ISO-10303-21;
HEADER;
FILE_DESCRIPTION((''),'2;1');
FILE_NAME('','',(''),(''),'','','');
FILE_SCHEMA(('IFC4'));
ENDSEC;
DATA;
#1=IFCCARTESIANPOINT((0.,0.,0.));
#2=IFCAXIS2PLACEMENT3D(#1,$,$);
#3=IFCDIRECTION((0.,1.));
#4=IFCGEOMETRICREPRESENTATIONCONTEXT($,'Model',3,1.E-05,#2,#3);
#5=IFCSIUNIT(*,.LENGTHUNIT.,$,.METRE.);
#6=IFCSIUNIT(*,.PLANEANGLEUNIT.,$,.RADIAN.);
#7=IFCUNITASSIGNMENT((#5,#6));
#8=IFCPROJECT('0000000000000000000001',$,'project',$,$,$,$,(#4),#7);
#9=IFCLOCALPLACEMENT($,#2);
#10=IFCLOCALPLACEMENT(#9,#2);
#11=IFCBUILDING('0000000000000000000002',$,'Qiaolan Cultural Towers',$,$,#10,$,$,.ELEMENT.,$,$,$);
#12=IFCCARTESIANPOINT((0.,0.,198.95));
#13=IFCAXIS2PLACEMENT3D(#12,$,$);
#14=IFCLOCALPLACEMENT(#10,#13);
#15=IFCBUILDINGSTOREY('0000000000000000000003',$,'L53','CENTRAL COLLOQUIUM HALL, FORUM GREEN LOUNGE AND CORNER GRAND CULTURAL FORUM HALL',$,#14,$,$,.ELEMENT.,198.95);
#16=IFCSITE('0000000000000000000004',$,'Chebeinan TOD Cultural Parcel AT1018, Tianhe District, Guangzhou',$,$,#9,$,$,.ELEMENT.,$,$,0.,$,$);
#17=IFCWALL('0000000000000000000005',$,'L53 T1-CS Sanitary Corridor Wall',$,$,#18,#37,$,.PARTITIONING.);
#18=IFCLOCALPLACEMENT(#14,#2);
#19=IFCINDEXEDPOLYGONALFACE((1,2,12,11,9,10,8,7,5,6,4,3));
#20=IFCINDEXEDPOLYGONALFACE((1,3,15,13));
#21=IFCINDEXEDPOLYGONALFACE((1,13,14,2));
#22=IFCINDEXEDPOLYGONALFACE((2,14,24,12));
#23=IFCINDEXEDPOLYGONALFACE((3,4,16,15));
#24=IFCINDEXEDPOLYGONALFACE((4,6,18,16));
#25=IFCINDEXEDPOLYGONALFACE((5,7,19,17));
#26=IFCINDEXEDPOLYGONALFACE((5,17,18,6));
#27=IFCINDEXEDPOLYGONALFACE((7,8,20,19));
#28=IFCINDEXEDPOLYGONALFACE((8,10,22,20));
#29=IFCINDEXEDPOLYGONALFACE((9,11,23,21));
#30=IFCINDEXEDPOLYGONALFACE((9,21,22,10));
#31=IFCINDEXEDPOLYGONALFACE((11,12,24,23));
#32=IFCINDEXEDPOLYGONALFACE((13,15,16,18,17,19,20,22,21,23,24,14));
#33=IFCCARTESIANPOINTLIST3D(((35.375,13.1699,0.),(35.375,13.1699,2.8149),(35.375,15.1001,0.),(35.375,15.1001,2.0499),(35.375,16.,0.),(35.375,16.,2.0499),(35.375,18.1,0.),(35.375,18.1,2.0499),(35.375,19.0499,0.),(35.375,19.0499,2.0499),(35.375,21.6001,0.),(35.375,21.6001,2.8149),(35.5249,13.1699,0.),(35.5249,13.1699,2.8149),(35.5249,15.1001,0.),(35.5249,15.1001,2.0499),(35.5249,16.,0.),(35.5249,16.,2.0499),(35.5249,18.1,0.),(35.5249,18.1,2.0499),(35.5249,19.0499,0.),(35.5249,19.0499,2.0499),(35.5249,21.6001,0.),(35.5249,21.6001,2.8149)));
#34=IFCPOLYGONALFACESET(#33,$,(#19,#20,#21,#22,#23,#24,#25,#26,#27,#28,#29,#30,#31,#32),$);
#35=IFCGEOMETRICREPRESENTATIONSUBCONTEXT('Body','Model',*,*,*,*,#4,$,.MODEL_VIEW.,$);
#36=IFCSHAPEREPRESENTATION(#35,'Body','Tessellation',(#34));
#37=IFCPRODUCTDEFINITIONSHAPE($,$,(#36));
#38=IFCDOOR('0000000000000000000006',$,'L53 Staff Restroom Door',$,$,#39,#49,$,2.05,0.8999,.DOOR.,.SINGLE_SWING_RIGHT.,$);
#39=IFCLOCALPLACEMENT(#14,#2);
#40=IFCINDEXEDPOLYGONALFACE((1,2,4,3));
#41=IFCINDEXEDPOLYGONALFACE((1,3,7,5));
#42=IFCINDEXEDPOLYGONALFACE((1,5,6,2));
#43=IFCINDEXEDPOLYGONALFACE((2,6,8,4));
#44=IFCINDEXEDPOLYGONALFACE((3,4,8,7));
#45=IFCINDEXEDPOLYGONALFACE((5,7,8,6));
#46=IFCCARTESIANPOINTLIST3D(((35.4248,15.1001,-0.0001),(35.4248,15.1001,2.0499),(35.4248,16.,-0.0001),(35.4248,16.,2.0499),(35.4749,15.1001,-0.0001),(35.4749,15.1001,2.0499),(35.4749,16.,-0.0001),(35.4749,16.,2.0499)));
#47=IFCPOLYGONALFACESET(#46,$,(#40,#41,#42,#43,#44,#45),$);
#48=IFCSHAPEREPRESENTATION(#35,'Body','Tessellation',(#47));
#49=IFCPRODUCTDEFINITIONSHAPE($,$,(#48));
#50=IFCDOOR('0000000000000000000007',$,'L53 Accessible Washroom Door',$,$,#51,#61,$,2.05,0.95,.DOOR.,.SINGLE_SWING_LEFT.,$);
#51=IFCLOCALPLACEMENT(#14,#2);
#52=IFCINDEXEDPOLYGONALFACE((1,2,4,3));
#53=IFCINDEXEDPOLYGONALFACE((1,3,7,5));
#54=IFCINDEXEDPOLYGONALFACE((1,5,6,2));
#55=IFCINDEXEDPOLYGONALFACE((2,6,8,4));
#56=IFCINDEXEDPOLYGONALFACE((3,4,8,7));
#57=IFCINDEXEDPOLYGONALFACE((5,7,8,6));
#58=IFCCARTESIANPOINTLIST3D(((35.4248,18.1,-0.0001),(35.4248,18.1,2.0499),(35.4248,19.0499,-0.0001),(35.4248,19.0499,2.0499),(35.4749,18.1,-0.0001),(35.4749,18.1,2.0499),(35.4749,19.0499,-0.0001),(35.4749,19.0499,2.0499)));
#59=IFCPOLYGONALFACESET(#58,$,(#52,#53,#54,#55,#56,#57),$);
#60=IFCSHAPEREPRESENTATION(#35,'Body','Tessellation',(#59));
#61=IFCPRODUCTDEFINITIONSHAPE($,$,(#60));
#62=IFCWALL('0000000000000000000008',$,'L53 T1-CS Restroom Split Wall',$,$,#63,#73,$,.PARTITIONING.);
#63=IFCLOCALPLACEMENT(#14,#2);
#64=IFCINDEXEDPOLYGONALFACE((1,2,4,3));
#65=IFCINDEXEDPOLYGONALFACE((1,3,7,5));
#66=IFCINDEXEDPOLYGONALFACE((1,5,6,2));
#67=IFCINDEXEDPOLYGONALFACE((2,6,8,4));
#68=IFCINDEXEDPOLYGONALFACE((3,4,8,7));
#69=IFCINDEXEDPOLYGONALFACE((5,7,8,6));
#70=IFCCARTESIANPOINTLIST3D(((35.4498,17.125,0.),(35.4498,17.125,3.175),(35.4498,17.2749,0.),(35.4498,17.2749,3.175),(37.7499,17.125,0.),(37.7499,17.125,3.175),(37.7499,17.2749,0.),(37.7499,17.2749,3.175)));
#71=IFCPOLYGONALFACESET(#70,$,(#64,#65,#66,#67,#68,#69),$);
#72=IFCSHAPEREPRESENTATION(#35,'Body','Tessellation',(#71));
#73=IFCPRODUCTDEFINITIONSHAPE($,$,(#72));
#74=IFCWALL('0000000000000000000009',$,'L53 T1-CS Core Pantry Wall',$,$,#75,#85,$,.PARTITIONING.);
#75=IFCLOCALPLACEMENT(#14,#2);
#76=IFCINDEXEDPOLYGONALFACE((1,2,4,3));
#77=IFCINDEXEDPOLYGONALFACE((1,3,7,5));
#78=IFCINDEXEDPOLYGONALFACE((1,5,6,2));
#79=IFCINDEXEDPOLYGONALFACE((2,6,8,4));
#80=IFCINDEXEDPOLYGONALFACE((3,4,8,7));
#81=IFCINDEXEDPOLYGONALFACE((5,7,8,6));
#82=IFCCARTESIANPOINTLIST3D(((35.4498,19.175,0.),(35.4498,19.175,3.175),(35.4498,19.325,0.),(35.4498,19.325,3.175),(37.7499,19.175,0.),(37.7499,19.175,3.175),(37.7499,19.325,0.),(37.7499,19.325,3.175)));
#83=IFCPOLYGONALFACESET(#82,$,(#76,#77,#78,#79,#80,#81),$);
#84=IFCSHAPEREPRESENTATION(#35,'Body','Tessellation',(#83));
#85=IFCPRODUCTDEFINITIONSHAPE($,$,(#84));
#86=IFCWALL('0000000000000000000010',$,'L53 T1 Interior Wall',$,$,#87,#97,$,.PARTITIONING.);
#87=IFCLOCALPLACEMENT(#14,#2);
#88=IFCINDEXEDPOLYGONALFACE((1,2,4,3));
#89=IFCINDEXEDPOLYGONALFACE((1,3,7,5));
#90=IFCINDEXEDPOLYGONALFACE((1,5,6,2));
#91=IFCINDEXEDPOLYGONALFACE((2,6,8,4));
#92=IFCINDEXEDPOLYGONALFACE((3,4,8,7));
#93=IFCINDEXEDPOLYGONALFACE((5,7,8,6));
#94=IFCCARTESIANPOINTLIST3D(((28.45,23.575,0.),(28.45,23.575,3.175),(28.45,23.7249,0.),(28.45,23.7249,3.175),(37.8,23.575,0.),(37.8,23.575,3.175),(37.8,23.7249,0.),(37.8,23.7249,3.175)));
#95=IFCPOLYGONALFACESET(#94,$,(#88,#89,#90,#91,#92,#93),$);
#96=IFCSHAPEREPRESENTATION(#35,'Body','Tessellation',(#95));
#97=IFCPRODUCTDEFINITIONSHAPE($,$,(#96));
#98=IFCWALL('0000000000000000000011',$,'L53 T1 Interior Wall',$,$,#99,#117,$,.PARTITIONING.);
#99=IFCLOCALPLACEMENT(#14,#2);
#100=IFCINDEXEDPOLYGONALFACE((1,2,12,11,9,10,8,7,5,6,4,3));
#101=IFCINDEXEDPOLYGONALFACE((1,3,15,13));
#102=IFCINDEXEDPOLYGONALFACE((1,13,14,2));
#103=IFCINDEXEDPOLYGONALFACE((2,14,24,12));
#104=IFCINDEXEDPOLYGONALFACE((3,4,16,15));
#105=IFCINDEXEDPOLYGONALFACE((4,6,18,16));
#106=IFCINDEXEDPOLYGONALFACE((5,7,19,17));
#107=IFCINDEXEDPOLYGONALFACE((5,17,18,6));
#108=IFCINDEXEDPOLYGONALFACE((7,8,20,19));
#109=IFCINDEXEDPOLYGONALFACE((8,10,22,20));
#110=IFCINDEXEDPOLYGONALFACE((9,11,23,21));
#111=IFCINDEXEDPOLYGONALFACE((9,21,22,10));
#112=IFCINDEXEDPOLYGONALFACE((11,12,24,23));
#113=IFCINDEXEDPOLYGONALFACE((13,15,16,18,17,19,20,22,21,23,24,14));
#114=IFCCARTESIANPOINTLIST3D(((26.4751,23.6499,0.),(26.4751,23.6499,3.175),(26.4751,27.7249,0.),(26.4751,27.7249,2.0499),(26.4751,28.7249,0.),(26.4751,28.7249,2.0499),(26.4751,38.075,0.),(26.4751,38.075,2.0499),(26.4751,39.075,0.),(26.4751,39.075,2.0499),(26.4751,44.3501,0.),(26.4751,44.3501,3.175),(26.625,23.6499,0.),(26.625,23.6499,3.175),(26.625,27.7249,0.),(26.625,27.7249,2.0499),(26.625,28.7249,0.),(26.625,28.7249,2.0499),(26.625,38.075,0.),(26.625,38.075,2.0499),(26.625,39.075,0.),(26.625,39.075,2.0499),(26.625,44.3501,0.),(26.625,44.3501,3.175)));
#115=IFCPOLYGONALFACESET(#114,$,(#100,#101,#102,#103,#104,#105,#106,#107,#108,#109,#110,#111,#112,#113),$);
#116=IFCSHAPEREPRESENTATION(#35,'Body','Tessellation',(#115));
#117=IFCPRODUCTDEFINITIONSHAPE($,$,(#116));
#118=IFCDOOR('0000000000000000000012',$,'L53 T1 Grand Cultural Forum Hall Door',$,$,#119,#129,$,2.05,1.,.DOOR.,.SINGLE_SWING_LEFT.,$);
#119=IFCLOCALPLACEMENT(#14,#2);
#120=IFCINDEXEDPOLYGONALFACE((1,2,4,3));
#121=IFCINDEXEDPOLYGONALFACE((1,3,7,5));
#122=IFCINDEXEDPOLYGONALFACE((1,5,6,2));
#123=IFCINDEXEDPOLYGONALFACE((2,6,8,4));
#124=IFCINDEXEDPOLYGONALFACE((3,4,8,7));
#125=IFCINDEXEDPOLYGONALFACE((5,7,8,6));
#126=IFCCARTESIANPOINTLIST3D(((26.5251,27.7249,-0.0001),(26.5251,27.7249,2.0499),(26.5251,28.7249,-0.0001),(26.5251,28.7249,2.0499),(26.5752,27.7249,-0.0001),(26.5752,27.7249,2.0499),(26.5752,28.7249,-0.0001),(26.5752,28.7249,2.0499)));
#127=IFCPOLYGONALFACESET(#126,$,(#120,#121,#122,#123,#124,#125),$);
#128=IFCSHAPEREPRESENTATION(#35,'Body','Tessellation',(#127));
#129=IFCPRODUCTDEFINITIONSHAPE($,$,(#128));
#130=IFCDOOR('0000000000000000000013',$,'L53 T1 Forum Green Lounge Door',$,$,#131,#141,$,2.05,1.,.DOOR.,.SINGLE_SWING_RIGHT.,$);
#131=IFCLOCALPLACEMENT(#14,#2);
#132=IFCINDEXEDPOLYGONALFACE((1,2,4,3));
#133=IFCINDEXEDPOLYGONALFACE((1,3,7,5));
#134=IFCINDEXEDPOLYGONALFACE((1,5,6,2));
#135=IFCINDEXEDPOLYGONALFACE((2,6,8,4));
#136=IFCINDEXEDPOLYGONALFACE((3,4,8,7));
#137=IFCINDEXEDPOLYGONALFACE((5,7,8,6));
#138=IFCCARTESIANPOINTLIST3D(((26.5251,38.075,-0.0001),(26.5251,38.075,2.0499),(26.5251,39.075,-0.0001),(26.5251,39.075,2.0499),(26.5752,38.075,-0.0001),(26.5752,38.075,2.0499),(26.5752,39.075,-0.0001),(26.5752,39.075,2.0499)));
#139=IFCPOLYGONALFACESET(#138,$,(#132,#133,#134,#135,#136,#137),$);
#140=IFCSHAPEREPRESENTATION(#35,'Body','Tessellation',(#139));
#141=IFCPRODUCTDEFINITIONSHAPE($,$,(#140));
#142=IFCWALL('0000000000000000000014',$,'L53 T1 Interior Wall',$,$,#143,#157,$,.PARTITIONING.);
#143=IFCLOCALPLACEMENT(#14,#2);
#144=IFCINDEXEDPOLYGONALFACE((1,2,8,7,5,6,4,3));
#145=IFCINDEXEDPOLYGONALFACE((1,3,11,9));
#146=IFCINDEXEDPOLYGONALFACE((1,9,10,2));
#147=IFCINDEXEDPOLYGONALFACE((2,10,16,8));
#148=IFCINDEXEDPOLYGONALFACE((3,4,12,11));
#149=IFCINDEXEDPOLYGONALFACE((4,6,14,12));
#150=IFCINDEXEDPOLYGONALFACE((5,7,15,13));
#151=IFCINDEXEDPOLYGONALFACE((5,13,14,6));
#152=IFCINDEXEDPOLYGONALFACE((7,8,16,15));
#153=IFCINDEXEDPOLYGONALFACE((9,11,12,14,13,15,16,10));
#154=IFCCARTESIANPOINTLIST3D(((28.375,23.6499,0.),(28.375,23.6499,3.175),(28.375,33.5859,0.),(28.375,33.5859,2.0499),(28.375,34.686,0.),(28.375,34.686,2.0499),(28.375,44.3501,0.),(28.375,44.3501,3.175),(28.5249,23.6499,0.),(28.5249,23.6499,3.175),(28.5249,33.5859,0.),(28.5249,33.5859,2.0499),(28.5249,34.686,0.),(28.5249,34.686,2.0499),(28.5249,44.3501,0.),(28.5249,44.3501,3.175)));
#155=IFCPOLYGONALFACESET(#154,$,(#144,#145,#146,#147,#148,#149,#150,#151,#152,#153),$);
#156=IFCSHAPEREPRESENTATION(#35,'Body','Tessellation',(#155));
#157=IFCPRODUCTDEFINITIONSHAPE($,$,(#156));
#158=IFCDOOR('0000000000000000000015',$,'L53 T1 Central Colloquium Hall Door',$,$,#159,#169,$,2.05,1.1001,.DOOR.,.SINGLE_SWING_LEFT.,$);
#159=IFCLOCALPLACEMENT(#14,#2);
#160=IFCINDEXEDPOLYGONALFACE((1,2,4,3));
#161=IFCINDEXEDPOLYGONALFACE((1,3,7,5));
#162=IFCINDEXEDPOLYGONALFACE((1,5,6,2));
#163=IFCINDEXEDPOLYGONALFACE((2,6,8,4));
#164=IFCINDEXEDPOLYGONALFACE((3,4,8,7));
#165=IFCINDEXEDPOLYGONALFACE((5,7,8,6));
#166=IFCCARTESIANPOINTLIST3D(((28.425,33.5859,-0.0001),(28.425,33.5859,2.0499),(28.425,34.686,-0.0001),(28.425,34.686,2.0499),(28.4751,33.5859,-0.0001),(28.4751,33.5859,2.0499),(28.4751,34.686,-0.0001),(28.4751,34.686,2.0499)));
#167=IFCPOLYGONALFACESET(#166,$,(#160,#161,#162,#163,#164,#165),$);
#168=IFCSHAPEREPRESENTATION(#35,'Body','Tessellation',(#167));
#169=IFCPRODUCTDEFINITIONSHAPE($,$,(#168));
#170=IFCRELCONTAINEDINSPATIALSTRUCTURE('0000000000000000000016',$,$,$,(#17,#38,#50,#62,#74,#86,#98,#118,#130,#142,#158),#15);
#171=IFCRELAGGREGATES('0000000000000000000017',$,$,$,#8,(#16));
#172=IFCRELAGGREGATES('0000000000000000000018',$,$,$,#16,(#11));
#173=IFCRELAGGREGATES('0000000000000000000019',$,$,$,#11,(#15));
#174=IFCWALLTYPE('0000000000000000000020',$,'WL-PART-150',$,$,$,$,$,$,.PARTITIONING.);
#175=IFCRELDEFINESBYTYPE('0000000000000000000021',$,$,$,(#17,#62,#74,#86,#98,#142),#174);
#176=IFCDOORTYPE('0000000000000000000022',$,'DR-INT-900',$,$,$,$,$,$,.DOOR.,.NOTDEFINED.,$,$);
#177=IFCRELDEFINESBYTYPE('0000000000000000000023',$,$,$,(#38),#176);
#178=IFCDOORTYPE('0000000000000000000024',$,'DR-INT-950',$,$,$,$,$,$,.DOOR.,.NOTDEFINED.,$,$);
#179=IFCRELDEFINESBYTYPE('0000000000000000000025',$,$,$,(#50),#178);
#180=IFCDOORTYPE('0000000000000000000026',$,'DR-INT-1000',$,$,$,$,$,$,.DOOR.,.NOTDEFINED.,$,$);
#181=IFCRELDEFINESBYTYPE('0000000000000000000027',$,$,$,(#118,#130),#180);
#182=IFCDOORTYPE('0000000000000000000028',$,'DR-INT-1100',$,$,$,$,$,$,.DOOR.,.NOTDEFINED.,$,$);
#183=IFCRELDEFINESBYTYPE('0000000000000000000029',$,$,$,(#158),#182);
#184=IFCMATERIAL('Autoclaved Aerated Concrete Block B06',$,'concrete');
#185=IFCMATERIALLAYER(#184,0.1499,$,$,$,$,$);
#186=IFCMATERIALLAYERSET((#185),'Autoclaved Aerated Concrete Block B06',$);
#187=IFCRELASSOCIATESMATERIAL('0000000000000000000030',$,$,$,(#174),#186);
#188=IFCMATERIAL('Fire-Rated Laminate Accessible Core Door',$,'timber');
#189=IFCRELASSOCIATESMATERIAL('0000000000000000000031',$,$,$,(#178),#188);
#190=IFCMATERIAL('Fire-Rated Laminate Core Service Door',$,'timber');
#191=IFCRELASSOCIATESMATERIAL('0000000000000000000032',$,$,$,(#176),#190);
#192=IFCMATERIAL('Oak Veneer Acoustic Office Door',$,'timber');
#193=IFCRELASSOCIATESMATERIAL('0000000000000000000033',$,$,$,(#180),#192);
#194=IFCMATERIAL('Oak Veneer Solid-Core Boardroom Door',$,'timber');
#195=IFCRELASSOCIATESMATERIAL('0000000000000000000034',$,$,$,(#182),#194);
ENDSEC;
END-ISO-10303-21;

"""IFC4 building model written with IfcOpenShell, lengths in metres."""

from ifc_helpers import new_model, si_unit, direction, frame, frame_2d, origin, place, context, subcontext, project, spatial, rectangle, extrude, material, layer, layer_set, type_object, element, fill, save


model = new_model("IFC4")

# Units and contexts
model_context = context("Model", 3, precision=1e-05, world=origin(), true_north=direction((0.0, 1.0)))
body_context = subcontext(model_context, "Body", "Model", "MODEL_VIEW")
ifc_project = project(units=[si_unit("LENGTHUNIT", "METRE"), si_unit("PLANEANGLEUNIT", "RADIAN")], contexts=[model_context])

# Site, building, storey
site_placement = place(None, origin())
site = spatial("IfcSite", under=ifc_project, at=site_placement, Name="Chebeinan TOD Cultural Parcel AT1018, Tianhe District, Guangzhou", CompositionType="ELEMENT", RefElevation=0.0)
building_placement = place(site_placement, origin())
building = spatial("IfcBuilding", under=site, at=building_placement, Name="Qiaolan Cultural Towers", CompositionType="ELEMENT")
storey_placement = place(building_placement, frame((0.0, 0.0, 198.95)))
storey = spatial("IfcBuildingStorey", under=building, at=storey_placement, Name="L53", Description="CENTRAL COLLOQUIUM HALL, FORUM GREEN LOUNGE AND CORNER GRAND CULTURAL FORUM HALL", CompositionType="ELEMENT", Elevation=198.95)

# Shared definitions
ifc_material_1 = material(Name="Autoclaved Aerated Concrete Block B06", Category="concrete")
ifc_layer_1 = layer(ifc_material_1, 0.1499)
ifc_layer_set_1 = layer_set([ifc_layer_1], Name="Autoclaved Aerated Concrete Block B06")
wall_type_1 = type_object("IfcWallType", Name="WL-PART-150", PredefinedType="PARTITIONING", material=ifc_layer_set_1)
ifc_material_2 = material(Name="Fire-Rated Laminate Accessible Core Door", Category="timber")
door_type_1 = type_object("IfcDoorType", Name="DR-INT-950", OperationType="NOTDEFINED", PredefinedType="DOOR", material=ifc_material_2)

# Wall, openings, doors
ifc_material_3 = material(Name="Fire-Rated Laminate Core Service Door", Category="timber")
door_type_2 = type_object("IfcDoorType", Name="DR-INT-900", OperationType="NOTDEFINED", PredefinedType="DOOR", material=ifc_material_3)
wall_1_placement = place(storey_placement, frame((35.45, 21.6001, 0.0), z_axis=(0.0, 0.0, 1.0), x_axis=(0.0, -1.0, 0.0)))
wall_1 = element("IfcWall", 1, at=wall_1_placement, inside=storey, type_object=wall_type_1, Name="L53 T1-CS Sanitary Corridor Wall", PredefinedType="PARTITIONING", context=body_context, shape_type="SweptSolid", body=[
    extrude(rectangle(XDim=8.4302, YDim=0.1499, at=frame_2d((4.2151, 0.0))), origin(), (0.0, 0.0, 1.0), 2.8149),
])
opening_1_placement = place(wall_1_placement, frame((2.55, 0.0, 0.0)))
opening_1 = element("IfcOpeningElement", 2, at=opening_1_placement, cuts=wall_1, PredefinedType="OPENING", context=body_context, shape_type="SweptSolid", body=[
    extrude(rectangle(XDim=0.95, YDim=2.05, at=frame_2d((0.4751, 1.0249))), frame((0.0, 0.085, 0.0), z_axis=(0.0, -1.0, 0.0), x_axis=(1.0, 0.0, 0.0)), (0.0, 0.0, 1.0), 0.1699),
])
opening_2_placement = place(wall_1_placement, frame((5.6001, 0.0, 0.0)))
opening_2 = element("IfcOpeningElement", 3, at=opening_2_placement, cuts=wall_1, PredefinedType="OPENING", context=body_context, shape_type="SweptSolid", body=[
    extrude(rectangle(XDim=0.8999, YDim=2.05, at=frame_2d((0.45, 1.0249))), frame((0.0, 0.085, 0.0), z_axis=(0.0, -1.0, 0.0), x_axis=(1.0, 0.0, 0.0)), (0.0, 0.0, 1.0), 0.1699),
])
door_1_placement = place(opening_2_placement, origin())
door_1 = element("IfcDoor", 4, at=door_1_placement, inside=storey, type_object=door_type_2, Name="L53 Staff Restroom Door", OperationType="SINGLE_SWING_RIGHT", OverallHeight=2.05, OverallWidth=0.8999, PredefinedType="DOOR", context=body_context, shape_type="SweptSolid", body=[
    extrude(rectangle(XDim=0.8999, YDim=2.05, at=frame_2d((0.45, 1.0249))), frame((0.0, 0.0249, 0.0), z_axis=(0.0, -1.0, 0.0), x_axis=(1.0, 0.0, 0.0)), (0.0, 0.0, 1.0), 0.05),
])
fill(opening_2, door_1)
door_2_placement = place(opening_1_placement, origin())
door_2 = element("IfcDoor", 5, at=door_2_placement, inside=storey, type_object=door_type_1, Name="L53 Accessible Washroom Door", OperationType="SINGLE_SWING_LEFT", OverallHeight=2.05, OverallWidth=0.95, PredefinedType="DOOR", context=body_context, shape_type="SweptSolid", body=[
    extrude(rectangle(XDim=0.95, YDim=2.05, at=frame_2d((0.4751, 1.0249))), frame((0.0, 0.0249, 0.0), z_axis=(0.0, -1.0, 0.0), x_axis=(1.0, 0.0, 0.0)), (0.0, 0.0, 1.0), 0.05),
])
fill(opening_1, door_2)

# Walls
for number, where, z_axis, x_axis, name in (
    (6, (35.45, 17.2, 0.0), (0.0, 0.0, 1.0), (1.0, 0.0, 0.0), "L53 T1-CS Restroom Split Wall"),
    (7, (35.45, 19.25, 0.0), (0.0, 0.0, 1.0), (1.0, 0.0, 0.0), "L53 T1-CS Core Pantry Wall"),
):
    element("IfcWall", number, at=place(storey_placement, frame(where, z_axis=z_axis, x_axis=x_axis)), inside=storey, type_object=wall_type_1, Name=name, PredefinedType="PARTITIONING", context=body_context, shape_type="SweptSolid", body=[
        extrude(rectangle(XDim=2.3, YDim=0.1499, at=frame_2d((1.1499, 0.0))), origin(), (0.0, 0.0, 1.0), 3.175),
    ])
wall_2_placement = place(storey_placement, frame((28.45, 23.6499, 0.0), z_axis=(0.0, 0.0, 1.0), x_axis=(1.0, 0.0, 0.0)))
element("IfcWall", 8, at=wall_2_placement, inside=storey, type_object=wall_type_1, Name="L53 T1 Interior Wall", PredefinedType="PARTITIONING", context=body_context, shape_type="SweptSolid", body=[
    extrude(rectangle(XDim=9.3501, YDim=0.1499, at=frame_2d((4.675, 0.0))), origin(), (0.0, 0.0, 1.0), 3.175),
])

# Wall, openings, doors
wall_3_placement = place(storey_placement, frame((26.55, 23.6499, 0.0), z_axis=(0.0, 0.0, 1.0), x_axis=(0.0, 1.0, 0.0)))
wall_3 = element("IfcWall", 9, at=wall_3_placement, inside=storey, type_object=wall_type_1, Name="L53 T1 Interior Wall", PredefinedType="PARTITIONING", context=body_context, shape_type="SweptSolid", body=[
    extrude(rectangle(XDim=20.7002, YDim=0.1499, at=frame_2d((10.3501, 0.0))), origin(), (0.0, 0.0, 1.0), 3.175),
])
opening_3_placement = place(wall_3_placement, frame((4.075, 0.0, 0.0)))
opening_3 = element("IfcOpeningElement", 10, at=opening_3_placement, cuts=wall_3, PredefinedType="OPENING", context=body_context, shape_type="SweptSolid", body=[
    extrude(rectangle(XDim=1.0, YDim=2.05, at=frame_2d((0.5, 1.0249))), frame((0.0, 0.085, 0.0), z_axis=(0.0, -1.0, 0.0), x_axis=(1.0, 0.0, 0.0)), (0.0, 0.0, 1.0), 0.1699),
])
opening_4_placement = place(wall_3_placement, frame((14.425, 0.0, 0.0)))
opening_4 = element("IfcOpeningElement", 11, at=opening_4_placement, cuts=wall_3, PredefinedType="OPENING", context=body_context, shape_type="SweptSolid", body=[
    extrude(rectangle(XDim=1.0, YDim=2.05, at=frame_2d((0.5, 1.0249))), frame((0.0, 0.085, 0.0), z_axis=(0.0, -1.0, 0.0), x_axis=(1.0, 0.0, 0.0)), (0.0, 0.0, 1.0), 0.1699),
])
ifc_material_4 = material(Name="Oak Veneer Acoustic Office Door", Category="timber")
door_type_3 = type_object("IfcDoorType", Name="DR-INT-1000", OperationType="NOTDEFINED", PredefinedType="DOOR", material=ifc_material_4)
door_3_placement = place(opening_3_placement, origin())
door_3 = element("IfcDoor", 12, at=door_3_placement, inside=storey, type_object=door_type_3, Name="L53 T1 Grand Cultural Forum Hall Door", OperationType="SINGLE_SWING_LEFT", OverallHeight=2.05, OverallWidth=1.0, PredefinedType="DOOR", context=body_context, shape_type="SweptSolid", body=[
    extrude(rectangle(XDim=1.0, YDim=2.05, at=frame_2d((0.5, 1.0249))), frame((0.0, 0.0249, 0.0), z_axis=(0.0, -1.0, 0.0), x_axis=(1.0, 0.0, 0.0)), (0.0, 0.0, 1.0), 0.05),
])
fill(opening_3, door_3)
door_4_placement = place(opening_4_placement, origin())
door_4 = element("IfcDoor", 13, at=door_4_placement, inside=storey, type_object=door_type_3, Name="L53 T1 Forum Green Lounge Door", OperationType="SINGLE_SWING_RIGHT", OverallHeight=2.05, OverallWidth=1.0, PredefinedType="DOOR", context=body_context, shape_type="SweptSolid", body=[
    extrude(rectangle(XDim=1.0, YDim=2.05, at=frame_2d((0.5, 1.0249))), frame((0.0, 0.0249, 0.0), z_axis=(0.0, -1.0, 0.0), x_axis=(1.0, 0.0, 0.0)), (0.0, 0.0, 1.0), 0.05),
])
fill(opening_4, door_4)

# Wall, opening, door
wall_4_placement = place(storey_placement, frame((28.45, 23.6499, 0.0), z_axis=(0.0, 0.0, 1.0), x_axis=(0.0, 1.0, 0.0)))
wall_4 = element("IfcWall", 14, at=wall_4_placement, inside=storey, type_object=wall_type_1, Name="L53 T1 Interior Wall", PredefinedType="PARTITIONING", context=body_context, shape_type="SweptSolid", body=[
    extrude(rectangle(XDim=20.7002, YDim=0.1499, at=frame_2d((10.3501, 0.0))), origin(), (0.0, 0.0, 1.0), 3.175),
])
opening_5_placement = place(wall_4_placement, frame((9.936, 0.0, 0.0)))
opening_5 = element("IfcOpeningElement", 15, at=opening_5_placement, cuts=wall_4, PredefinedType="OPENING", context=body_context, shape_type="SweptSolid", body=[
    extrude(rectangle(XDim=1.1001, YDim=2.05, at=frame_2d((0.55, 1.0249))), frame((0.0, 0.085, 0.0), z_axis=(0.0, -1.0, 0.0), x_axis=(1.0, 0.0, 0.0)), (0.0, 0.0, 1.0), 0.1699),
])
ifc_material_5 = material(Name="Oak Veneer Solid-Core Boardroom Door", Category="timber")
door_type_4 = type_object("IfcDoorType", Name="DR-INT-1100", OperationType="NOTDEFINED", PredefinedType="DOOR", material=ifc_material_5)
door_5_placement = place(opening_5_placement, origin())
door_5 = element("IfcDoor", 16, at=door_5_placement, inside=storey, type_object=door_type_4, Name="L53 T1 Central Colloquium Hall Door", OperationType="SINGLE_SWING_LEFT", OverallHeight=2.05, OverallWidth=1.1001, PredefinedType="DOOR", context=body_context, shape_type="SweptSolid", body=[
    extrude(rectangle(XDim=1.1001, YDim=2.05, at=frame_2d((0.55, 1.0249))), frame((0.0, 0.0249, 0.0), z_axis=(0.0, -1.0, 0.0), x_axis=(1.0, 0.0, 0.0)), (0.0, 0.0, 1.0), 0.05),
])
fill(opening_5, door_5)

save(model, "model.ifc")
